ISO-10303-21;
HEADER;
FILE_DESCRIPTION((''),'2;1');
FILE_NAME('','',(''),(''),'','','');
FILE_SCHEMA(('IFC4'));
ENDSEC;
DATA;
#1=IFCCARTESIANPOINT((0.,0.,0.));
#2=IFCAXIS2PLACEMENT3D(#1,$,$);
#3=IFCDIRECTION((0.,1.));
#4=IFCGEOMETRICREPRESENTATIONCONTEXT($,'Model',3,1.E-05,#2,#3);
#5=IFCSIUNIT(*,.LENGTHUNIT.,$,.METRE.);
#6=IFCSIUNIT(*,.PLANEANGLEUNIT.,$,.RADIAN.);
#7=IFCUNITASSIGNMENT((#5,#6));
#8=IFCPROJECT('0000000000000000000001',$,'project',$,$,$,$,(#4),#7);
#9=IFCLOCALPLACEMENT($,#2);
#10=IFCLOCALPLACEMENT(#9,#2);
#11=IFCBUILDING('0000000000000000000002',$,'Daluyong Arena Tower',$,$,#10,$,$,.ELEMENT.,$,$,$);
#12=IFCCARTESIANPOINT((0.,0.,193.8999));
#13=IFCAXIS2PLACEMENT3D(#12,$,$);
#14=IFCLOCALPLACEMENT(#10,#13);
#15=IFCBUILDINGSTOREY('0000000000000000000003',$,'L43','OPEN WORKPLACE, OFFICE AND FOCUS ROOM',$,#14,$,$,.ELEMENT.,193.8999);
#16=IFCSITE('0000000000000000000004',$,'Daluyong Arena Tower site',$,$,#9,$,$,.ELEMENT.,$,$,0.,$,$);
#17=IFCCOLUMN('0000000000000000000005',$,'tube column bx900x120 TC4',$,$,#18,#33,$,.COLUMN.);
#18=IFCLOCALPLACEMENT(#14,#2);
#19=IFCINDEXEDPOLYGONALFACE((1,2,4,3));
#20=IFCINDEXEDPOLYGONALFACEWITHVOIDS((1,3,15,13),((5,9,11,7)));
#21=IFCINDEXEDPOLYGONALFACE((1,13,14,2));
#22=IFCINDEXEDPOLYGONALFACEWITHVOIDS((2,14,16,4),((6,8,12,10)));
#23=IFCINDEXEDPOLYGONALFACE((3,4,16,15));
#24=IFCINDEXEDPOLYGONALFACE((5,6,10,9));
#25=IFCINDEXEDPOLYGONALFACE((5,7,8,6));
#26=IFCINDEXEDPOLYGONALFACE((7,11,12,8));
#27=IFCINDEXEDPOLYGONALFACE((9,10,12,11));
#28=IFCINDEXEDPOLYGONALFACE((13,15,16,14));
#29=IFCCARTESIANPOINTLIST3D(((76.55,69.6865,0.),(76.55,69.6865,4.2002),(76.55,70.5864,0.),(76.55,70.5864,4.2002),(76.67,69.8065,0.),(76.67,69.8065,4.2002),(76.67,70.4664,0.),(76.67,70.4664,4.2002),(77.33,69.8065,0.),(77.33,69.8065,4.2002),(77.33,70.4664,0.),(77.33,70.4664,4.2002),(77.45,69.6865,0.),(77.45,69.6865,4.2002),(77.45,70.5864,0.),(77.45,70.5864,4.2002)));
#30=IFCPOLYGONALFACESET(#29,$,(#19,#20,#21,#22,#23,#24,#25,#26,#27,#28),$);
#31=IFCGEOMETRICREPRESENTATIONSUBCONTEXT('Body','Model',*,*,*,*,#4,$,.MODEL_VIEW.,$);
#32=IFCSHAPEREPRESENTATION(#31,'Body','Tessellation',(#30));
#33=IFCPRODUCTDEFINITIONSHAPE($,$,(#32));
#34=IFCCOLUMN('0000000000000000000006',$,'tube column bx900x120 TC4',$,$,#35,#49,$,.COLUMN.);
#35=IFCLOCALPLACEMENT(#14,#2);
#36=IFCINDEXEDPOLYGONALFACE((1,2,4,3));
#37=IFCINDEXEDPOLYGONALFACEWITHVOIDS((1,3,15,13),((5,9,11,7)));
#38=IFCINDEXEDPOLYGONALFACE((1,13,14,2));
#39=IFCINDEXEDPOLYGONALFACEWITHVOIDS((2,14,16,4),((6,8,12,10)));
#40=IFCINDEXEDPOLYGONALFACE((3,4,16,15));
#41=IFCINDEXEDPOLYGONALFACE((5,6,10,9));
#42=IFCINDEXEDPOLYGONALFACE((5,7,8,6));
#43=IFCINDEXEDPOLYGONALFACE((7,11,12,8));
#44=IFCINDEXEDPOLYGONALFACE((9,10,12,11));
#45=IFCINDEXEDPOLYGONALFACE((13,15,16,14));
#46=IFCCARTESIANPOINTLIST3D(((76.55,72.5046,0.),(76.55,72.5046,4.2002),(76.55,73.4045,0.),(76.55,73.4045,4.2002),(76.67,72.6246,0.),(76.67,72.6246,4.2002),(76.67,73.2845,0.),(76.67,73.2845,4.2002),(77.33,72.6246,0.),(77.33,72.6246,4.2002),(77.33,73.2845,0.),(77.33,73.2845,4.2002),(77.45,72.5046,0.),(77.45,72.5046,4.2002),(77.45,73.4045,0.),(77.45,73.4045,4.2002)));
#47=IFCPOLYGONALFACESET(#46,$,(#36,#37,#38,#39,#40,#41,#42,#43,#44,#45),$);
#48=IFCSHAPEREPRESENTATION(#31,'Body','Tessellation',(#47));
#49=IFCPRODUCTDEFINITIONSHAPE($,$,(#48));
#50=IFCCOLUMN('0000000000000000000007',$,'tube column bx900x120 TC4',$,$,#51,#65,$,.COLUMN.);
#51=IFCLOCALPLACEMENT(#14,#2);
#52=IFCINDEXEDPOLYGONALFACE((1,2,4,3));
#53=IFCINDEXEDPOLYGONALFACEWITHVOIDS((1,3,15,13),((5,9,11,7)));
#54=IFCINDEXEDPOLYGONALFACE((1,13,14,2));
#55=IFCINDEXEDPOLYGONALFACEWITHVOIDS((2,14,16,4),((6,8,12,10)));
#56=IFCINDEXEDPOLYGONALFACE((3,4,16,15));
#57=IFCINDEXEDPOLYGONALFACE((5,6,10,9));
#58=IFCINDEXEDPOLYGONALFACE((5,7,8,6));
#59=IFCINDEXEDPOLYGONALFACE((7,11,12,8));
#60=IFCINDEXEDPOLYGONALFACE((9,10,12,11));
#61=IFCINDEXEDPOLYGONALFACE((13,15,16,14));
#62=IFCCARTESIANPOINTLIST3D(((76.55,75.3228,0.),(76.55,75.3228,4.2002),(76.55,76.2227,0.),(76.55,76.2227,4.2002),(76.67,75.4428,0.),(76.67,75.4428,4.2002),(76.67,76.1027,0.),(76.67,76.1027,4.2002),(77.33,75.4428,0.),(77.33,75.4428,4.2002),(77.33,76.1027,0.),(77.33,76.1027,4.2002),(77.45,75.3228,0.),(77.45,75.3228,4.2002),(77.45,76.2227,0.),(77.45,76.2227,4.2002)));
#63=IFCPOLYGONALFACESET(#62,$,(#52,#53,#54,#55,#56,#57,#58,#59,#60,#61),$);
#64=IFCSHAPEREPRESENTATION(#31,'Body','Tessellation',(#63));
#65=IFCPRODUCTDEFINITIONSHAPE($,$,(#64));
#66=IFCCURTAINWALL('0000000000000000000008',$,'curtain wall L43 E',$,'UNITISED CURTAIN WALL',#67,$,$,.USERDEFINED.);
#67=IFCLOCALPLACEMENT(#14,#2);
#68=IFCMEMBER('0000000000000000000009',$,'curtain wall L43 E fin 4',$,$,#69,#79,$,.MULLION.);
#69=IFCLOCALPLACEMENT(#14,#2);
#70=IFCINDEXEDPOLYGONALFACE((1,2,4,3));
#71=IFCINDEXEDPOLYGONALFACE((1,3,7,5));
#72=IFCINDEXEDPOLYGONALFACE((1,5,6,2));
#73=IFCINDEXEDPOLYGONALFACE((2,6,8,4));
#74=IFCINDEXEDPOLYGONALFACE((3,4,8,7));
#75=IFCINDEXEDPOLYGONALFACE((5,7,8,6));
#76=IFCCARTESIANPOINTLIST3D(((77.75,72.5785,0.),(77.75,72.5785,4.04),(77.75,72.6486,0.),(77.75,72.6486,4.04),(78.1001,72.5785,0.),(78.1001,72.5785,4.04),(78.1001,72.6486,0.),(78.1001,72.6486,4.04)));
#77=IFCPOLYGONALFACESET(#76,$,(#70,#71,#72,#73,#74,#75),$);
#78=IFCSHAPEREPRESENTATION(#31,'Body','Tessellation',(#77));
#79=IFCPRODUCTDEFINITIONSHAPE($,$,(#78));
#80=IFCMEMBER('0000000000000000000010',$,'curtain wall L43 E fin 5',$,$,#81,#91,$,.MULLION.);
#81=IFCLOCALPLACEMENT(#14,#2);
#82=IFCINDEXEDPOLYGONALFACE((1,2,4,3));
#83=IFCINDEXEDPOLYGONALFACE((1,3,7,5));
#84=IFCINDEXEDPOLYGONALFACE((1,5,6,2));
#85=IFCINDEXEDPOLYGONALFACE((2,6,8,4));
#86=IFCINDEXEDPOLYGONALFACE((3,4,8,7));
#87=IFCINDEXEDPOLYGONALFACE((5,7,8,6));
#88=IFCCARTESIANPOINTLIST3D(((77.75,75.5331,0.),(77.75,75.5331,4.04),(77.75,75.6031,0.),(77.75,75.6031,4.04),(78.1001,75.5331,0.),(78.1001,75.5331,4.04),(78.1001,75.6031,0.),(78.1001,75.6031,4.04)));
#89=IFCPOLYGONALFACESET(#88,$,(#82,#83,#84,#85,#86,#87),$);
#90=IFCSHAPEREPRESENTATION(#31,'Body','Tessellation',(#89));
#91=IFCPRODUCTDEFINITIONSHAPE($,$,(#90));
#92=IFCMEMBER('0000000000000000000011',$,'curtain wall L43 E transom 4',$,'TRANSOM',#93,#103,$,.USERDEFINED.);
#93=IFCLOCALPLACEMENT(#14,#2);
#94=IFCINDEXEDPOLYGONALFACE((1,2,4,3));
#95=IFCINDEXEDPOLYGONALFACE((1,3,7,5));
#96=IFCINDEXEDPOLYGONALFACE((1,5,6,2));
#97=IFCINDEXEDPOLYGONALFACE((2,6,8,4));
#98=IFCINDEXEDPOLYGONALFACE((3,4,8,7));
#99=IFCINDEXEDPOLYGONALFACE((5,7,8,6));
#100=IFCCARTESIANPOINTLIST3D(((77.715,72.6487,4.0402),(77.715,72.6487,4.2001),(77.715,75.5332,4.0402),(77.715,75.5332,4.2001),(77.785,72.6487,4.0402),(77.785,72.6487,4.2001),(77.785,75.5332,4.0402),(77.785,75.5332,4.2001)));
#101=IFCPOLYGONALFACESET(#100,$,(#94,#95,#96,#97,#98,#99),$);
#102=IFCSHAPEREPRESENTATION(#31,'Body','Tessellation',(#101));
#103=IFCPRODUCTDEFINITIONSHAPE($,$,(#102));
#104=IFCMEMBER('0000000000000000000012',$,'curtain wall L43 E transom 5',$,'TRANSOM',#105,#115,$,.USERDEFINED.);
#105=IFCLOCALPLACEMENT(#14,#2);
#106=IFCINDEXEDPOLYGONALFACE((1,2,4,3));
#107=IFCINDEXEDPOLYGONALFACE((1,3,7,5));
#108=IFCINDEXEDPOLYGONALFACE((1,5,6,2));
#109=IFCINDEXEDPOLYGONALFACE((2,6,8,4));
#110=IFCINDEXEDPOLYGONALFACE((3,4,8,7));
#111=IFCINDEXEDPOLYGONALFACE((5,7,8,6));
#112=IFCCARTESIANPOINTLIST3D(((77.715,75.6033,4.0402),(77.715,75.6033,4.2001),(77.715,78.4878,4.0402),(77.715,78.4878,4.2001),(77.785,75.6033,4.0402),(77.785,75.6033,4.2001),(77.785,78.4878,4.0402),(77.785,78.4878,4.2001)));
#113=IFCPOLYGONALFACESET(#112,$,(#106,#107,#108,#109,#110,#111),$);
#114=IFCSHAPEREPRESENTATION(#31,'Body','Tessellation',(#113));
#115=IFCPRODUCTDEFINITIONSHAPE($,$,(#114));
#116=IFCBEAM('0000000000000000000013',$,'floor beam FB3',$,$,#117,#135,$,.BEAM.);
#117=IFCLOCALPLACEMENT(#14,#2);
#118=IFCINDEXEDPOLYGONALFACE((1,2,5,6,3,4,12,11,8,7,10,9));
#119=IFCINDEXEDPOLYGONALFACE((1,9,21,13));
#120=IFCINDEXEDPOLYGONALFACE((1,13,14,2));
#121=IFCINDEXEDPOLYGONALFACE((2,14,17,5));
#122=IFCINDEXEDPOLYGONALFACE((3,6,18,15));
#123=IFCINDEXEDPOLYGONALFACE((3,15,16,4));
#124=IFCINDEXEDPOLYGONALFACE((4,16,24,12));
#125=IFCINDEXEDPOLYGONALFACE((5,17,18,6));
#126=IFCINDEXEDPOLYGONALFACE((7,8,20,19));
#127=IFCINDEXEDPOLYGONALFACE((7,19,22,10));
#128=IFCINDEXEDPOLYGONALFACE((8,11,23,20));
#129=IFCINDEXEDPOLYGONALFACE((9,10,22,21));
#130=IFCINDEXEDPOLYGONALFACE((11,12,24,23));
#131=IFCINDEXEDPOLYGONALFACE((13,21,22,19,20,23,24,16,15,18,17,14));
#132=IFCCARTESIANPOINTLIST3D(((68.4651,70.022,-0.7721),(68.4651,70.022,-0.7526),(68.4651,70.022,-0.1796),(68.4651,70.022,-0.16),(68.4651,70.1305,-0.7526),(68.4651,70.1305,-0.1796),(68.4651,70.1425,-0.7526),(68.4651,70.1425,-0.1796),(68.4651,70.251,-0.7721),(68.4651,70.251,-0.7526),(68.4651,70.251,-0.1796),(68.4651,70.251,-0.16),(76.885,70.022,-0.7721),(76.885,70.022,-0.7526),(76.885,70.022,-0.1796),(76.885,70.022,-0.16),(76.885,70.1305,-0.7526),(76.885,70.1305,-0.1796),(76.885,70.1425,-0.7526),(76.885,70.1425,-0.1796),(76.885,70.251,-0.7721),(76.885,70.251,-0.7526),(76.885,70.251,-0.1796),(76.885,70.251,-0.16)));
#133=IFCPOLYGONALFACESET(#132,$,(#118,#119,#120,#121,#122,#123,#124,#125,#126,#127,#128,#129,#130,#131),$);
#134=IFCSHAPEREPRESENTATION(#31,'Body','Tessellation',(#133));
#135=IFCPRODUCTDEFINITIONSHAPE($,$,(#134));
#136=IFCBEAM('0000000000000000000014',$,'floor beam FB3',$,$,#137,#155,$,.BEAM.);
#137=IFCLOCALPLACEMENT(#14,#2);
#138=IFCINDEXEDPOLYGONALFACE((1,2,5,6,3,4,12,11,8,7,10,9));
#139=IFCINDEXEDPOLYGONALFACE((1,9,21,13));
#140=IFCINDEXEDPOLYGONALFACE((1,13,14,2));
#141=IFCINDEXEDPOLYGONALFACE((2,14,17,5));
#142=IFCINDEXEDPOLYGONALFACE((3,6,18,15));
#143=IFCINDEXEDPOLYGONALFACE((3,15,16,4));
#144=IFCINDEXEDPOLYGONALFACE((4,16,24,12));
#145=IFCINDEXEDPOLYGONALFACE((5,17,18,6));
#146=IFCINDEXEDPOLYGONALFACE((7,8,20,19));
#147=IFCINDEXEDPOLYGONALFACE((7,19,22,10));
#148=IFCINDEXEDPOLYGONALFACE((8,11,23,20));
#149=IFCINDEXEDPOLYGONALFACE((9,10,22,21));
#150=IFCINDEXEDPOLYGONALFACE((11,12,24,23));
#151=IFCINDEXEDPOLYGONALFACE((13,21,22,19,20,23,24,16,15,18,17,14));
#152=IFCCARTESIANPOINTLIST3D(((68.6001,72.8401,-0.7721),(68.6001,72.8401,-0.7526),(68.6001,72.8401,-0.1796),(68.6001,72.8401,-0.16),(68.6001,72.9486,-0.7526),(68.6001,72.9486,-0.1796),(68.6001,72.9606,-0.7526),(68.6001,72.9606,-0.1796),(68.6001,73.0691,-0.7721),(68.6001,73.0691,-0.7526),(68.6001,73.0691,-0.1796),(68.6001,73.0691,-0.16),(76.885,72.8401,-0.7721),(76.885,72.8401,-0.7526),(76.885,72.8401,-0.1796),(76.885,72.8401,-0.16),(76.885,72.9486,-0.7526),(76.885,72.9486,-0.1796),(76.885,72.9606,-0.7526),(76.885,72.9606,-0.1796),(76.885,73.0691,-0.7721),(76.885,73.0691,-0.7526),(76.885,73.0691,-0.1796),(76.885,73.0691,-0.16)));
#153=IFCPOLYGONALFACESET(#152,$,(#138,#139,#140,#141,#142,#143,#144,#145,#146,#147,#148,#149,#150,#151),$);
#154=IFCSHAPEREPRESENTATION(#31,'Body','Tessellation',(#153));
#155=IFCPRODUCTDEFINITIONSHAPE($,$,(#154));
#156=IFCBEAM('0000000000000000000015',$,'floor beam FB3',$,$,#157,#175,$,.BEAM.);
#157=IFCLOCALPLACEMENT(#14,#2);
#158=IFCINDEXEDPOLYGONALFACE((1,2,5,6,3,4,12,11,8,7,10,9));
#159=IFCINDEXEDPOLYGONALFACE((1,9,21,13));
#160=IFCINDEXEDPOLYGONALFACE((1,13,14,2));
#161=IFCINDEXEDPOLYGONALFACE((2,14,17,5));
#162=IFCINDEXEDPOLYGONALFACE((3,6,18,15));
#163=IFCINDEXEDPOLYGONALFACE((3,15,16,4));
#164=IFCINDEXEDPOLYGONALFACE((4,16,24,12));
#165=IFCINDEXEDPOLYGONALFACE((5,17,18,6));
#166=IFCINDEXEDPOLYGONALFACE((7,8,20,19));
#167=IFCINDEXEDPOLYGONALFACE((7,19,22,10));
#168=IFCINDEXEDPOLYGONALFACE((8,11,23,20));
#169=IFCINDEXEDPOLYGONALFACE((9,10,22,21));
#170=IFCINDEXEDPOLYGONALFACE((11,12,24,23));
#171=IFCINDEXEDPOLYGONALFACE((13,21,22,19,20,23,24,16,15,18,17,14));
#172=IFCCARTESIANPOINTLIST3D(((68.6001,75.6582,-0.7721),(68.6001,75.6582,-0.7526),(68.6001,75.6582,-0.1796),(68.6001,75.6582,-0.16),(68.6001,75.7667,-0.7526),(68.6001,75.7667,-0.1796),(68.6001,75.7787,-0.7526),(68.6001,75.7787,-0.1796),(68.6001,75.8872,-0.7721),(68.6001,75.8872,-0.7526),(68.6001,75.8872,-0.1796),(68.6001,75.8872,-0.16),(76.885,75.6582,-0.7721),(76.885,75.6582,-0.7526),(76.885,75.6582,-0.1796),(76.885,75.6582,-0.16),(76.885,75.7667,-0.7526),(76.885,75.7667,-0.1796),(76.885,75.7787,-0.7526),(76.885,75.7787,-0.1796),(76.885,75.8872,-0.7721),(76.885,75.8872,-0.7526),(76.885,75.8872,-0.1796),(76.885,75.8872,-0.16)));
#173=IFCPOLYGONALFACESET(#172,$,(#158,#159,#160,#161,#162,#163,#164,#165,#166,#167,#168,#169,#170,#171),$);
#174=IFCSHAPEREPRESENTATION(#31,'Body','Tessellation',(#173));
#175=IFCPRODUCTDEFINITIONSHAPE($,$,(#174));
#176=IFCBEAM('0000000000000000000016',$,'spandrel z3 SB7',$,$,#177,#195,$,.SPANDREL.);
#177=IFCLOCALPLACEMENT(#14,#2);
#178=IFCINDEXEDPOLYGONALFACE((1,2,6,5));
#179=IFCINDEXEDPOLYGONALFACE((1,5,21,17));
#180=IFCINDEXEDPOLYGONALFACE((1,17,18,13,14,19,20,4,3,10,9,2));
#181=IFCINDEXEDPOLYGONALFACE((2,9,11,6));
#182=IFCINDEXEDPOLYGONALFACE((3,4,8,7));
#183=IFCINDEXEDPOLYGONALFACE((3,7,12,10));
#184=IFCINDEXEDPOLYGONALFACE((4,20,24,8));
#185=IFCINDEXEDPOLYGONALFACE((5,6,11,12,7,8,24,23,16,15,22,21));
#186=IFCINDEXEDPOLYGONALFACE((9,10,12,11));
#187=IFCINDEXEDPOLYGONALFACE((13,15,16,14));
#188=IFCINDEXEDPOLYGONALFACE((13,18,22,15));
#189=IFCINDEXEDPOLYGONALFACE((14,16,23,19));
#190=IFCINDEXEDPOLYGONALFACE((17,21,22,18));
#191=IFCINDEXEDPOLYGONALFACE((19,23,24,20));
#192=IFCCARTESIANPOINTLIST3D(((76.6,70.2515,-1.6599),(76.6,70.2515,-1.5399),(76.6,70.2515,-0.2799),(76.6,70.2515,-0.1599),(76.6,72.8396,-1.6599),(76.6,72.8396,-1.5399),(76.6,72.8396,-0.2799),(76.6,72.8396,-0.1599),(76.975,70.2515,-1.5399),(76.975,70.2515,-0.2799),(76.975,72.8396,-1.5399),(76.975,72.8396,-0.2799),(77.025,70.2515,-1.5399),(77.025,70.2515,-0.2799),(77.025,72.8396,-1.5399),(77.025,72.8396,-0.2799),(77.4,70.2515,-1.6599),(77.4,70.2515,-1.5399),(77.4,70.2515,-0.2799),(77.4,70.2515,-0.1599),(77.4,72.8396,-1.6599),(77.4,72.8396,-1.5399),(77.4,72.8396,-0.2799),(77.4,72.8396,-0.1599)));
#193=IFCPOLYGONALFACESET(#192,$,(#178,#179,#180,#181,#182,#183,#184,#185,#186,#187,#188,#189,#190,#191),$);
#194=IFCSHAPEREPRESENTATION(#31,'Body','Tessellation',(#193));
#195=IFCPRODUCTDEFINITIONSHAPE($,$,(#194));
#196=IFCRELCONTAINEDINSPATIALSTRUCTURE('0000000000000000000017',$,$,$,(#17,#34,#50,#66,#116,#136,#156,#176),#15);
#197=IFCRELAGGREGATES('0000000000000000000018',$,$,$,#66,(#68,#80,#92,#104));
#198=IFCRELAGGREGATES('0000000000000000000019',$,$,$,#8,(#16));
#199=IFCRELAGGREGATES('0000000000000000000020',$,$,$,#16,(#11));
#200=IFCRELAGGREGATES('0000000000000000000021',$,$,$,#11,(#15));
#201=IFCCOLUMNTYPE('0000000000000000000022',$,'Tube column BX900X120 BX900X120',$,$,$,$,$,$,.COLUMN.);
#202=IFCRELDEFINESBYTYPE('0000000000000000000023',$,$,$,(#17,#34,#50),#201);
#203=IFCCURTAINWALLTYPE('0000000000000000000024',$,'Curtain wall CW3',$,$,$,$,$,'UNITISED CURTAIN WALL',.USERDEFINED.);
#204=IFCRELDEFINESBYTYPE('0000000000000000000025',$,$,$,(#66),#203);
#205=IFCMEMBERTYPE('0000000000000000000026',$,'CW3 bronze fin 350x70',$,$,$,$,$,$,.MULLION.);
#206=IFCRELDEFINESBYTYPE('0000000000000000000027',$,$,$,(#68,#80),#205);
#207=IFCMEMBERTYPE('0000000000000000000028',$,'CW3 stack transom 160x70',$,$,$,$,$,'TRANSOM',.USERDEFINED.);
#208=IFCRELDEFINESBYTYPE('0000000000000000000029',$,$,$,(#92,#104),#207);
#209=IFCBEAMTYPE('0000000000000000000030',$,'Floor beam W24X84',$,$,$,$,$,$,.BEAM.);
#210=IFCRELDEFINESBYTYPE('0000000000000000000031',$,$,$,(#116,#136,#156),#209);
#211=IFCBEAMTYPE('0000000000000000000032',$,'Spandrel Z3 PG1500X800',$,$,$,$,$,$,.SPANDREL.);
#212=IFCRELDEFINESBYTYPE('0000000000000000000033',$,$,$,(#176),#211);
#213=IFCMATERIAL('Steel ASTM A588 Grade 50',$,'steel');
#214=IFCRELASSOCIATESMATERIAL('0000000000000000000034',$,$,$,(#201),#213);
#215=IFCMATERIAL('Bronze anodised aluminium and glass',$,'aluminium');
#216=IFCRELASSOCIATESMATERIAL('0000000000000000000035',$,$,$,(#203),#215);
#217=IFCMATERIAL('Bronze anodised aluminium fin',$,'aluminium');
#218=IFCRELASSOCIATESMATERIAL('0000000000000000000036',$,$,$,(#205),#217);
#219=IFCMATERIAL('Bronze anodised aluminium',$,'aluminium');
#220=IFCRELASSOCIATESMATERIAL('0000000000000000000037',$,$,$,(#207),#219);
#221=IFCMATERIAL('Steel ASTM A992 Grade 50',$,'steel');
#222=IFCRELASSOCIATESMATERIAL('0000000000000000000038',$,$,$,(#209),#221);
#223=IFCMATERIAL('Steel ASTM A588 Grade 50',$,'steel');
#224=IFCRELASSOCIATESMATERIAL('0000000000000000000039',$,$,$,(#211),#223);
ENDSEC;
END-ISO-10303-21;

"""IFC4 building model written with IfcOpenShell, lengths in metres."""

from ifc_helpers import new_model, si_unit, direction, frame, origin, origin_2d, place, context, subcontext, project, spatial, rectangle, hollow_rectangle, i_section, extrude, material, material_profile, profile_set, type_object, element, aggregate, save


model = new_model("IFC4")

# Units and contexts
model_context = context("Model", 3, precision=1e-05, world=origin(), true_north=direction((0.0, 1.0)))
body_context = subcontext(model_context, "Body", "Model", "MODEL_VIEW")
ifc_project = project(units=[si_unit("LENGTHUNIT", "METRE"), si_unit("PLANEANGLEUNIT", "RADIAN")], contexts=[model_context])

# Site, building, storey
site_placement = place(None, origin())
site = spatial("IfcSite", under=ifc_project, at=site_placement, Name="Daluyong Arena Tower site", CompositionType="ELEMENT", RefElevation=0.0)
building_placement = place(site_placement, origin())
building = spatial("IfcBuilding", under=site, at=building_placement, Name="Daluyong Arena Tower", CompositionType="ELEMENT")
storey_placement = place(building_placement, frame((0.0, 0.0, 193.8999)))
storey = spatial("IfcBuildingStorey", under=building, at=storey_placement, Name="L43", Description="OPEN WORKPLACE, OFFICE AND FOCUS ROOM", CompositionType="ELEMENT", Elevation=193.8999)

# Columns
ifc_material_1 = material(Name="Steel ASTM A588 Grade 50", Category="steel")
ifc_material_profile_1 = material_profile(ifc_material_1, hollow_rectangle(XDim=0.8999, YDim=0.8999, WallThickness=0.12, at=origin_2d()))
ifc_profile_set_1 = profile_set([ifc_material_profile_1], Name="Steel ASTM A588 Grade 50")
column_type = type_object("IfcColumnType", Name="Tube column BX900X120 BX900X120", PredefinedType="COLUMN", material=ifc_profile_set_1)
for number, where, z_axis, x_axis, name in (
    (1, (77.0, 70.1365, 0.0), (0.0, 0.0, 1.0), (0.0, 1.0, 0.0), "tube column bx900x120 TC4"),
    (2, (77.0, 72.9546, 0.0), (0.0, 0.0, 1.0), (0.0, 1.0, 0.0), "tube column bx900x120 TC4"),
    (3, (77.0, 75.7727, 0.0), (0.0, 0.0, 1.0), (0.0, 1.0, 0.0), "tube column bx900x120 TC4"),
):
    element("IfcColumn", number, at=place(storey_placement, frame(where, z_axis=z_axis, x_axis=x_axis)), inside=storey, type_object=column_type, Name=name, PredefinedType="COLUMN", context=body_context, shape_type="SweptSolid", body=[
        extrude(hollow_rectangle(XDim=0.8999, YDim=0.8999, WallThickness=0.12, at=origin_2d()), origin(), (0.0, 0.0, 1.0), 4.2002),
    ])

# Curtain wall, members
ifc_material_2 = material(Name="Bronze anodised aluminium and glass", Category="aluminium")
curtain_wall_type = type_object("IfcCurtainWallType", Name="Curtain wall CW3", ElementType="UNITISED CURTAIN WALL", PredefinedType="USERDEFINED", material=ifc_material_2)
curtain_wall_placement = place(storey_placement, origin())
curtain_wall = element("IfcCurtainWall", 4, at=curtain_wall_placement, inside=storey, type_object=curtain_wall_type, Name="curtain wall L43 E", ObjectType="UNITISED CURTAIN WALL", PredefinedType="USERDEFINED")
ifc_material_3 = material(Name="Bronze anodised aluminium fin", Category="aluminium")
ifc_material_profile_2 = material_profile(ifc_material_3, rectangle(XDim=0.3501, YDim=0.0701, at=origin_2d()))
ifc_profile_set_2 = profile_set([ifc_material_profile_2], Name="Bronze anodised aluminium fin")
member_type_1 = type_object("IfcMemberType", Name="CW3 bronze fin 350x70", PredefinedType="MULLION", material=ifc_profile_set_2)
member_1_placement = place(storey_placement, frame((77.925, 72.6135, 0.0), z_axis=(0.0, 0.0, 1.0), x_axis=(-1.0, 0.0, 0.0)))
member_1 = element("IfcMember", 5, at=member_1_placement, type_object=member_type_1, Name="curtain wall L43 E fin 4", PredefinedType="MULLION", context=body_context, shape_type="SweptSolid", body=[
    extrude(rectangle(XDim=0.3501, YDim=0.0701, at=origin_2d()), origin(), (0.0, 0.0, 1.0), 4.04),
])
member_2_placement = place(storey_placement, frame((77.925, 75.5681, 0.0), z_axis=(0.0, 0.0, 1.0), x_axis=(-1.0, 0.0, 0.0)))
member_2 = element("IfcMember", 6, at=member_2_placement, type_object=member_type_1, Name="curtain wall L43 E fin 5", PredefinedType="MULLION", context=body_context, shape_type="SweptSolid", body=[
    extrude(rectangle(XDim=0.3501, YDim=0.0701, at=origin_2d()), origin(), (0.0, 0.0, 1.0), 4.04),
])
ifc_material_4 = material(Name="Bronze anodised aluminium", Category="aluminium")
ifc_material_profile_3 = material_profile(ifc_material_4, rectangle(XDim=0.0701, YDim=0.1599, at=origin_2d()))
ifc_profile_set_3 = profile_set([ifc_material_profile_3], Name="Bronze anodised aluminium")
member_type_2 = type_object("IfcMemberType", Name="CW3 stack transom 160x70", ElementType="TRANSOM", PredefinedType="USERDEFINED", material=ifc_profile_set_3)
member_3_placement = place(storey_placement, frame((77.75, 72.6487, 4.1201), z_axis=(0.0, 1.0, 0.0), x_axis=(-1.0, 0.0, 0.0)))
member_3 = element("IfcMember", 7, at=member_3_placement, type_object=member_type_2, Name="curtain wall L43 E transom 4", ObjectType="TRANSOM", PredefinedType="USERDEFINED", context=body_context, shape_type="SweptSolid", body=[
    extrude(rectangle(XDim=0.0701, YDim=0.1599, at=origin_2d()), origin(), (0.0, 0.0, 1.0), 2.8845),
])
member_4_placement = place(storey_placement, frame((77.75, 75.6033, 4.1201), z_axis=(0.0, 1.0, 0.0), x_axis=(-1.0, 0.0, 0.0)))
member_4 = element("IfcMember", 8, at=member_4_placement, type_object=member_type_2, Name="curtain wall L43 E transom 5", ObjectType="TRANSOM", PredefinedType="USERDEFINED", context=body_context, shape_type="SweptSolid", body=[
    extrude(rectangle(XDim=0.0701, YDim=0.1599, at=origin_2d()), origin(), (0.0, 0.0, 1.0), 2.8845),
])

# Beams
ifc_material_5 = material(Name="Steel ASTM A992 Grade 50", Category="steel")
ifc_material_profile_4 = material_profile(ifc_material_5, i_section(OverallWidth=0.229, OverallDepth=0.6121, WebThickness=0.012, FlangeThickness=0.0195, at=origin_2d()))
ifc_profile_set_4 = profile_set([ifc_material_profile_4], Name="Steel ASTM A992 Grade 50")
beam_type_1 = type_object("IfcBeamType", Name="Floor beam W24X84", PredefinedType="BEAM", material=ifc_profile_set_4)
beam_placement = place(storey_placement, frame((76.885, 70.1365, -0.4661), z_axis=(-1.0, 0.0, 0.0), x_axis=(0.0, -1.0, 0.0)))
element("IfcBeam", 9, at=beam_placement, inside=storey, type_object=beam_type_1, Name="floor beam FB3", PredefinedType="BEAM", context=body_context, shape_type="SweptSolid", body=[
    extrude(i_section(OverallWidth=0.229, OverallDepth=0.6121, WebThickness=0.012, FlangeThickness=0.0195, at=origin_2d()), origin(), (0.0, 0.0, 1.0), 8.4199),
])
for number, where, z_axis, x_axis, name in (
    (10, (76.885, 72.9546, -0.4661), (-1.0, 0.0, 0.0), (0.0, -1.0, 0.0), "floor beam FB3"),
    (11, (76.885, 75.7727, -0.4661), (-1.0, 0.0, 0.0), (0.0, -1.0, 0.0), "floor beam FB3"),
):
    element("IfcBeam", number, at=place(storey_placement, frame(where, z_axis=z_axis, x_axis=x_axis)), inside=storey, type_object=beam_type_1, Name=name, PredefinedType="BEAM", context=body_context, shape_type="SweptSolid", body=[
        extrude(i_section(OverallWidth=0.229, OverallDepth=0.6121, WebThickness=0.012, FlangeThickness=0.0195, at=origin_2d()), origin(), (0.0, 0.0, 1.0), 8.2849),
    ])
ifc_material_6 = material(Name="Steel ASTM A588 Grade 50", Category="steel")
ifc_material_profile_5 = material_profile(ifc_material_6, i_section(OverallWidth=0.8, OverallDepth=1.5, WebThickness=0.05, FlangeThickness=0.12, at=origin_2d()))
ifc_profile_set_5 = profile_set([ifc_material_profile_5], Name="Steel ASTM A588 Grade 50")
beam_type_2 = type_object("IfcBeamType", Name="Spandrel Z3 PG1500X800", PredefinedType="SPANDREL", material=ifc_profile_set_5)
for number, where, z_axis, x_axis, name in (
    (12, (77.0, 70.2515, -0.9099), (0.0, 1.0, 0.0), (-1.0, 0.0, 0.0), "spandrel z3 SB7"),
):
    element("IfcBeam", number, at=place(storey_placement, frame(where, z_axis=z_axis, x_axis=x_axis)), inside=storey, type_object=beam_type_2, Name=name, PredefinedType="SPANDREL", context=body_context, shape_type="SweptSolid", body=[
        extrude(i_section(OverallWidth=0.8, OverallDepth=1.5, WebThickness=0.05, FlangeThickness=0.12, at=origin_2d()), origin(), (0.0, 0.0, 1.0), 2.5881),
    ])

aggregate(curtain_wall, [member_1, member_2, member_3, member_4])

save(model, "model.ifc")
